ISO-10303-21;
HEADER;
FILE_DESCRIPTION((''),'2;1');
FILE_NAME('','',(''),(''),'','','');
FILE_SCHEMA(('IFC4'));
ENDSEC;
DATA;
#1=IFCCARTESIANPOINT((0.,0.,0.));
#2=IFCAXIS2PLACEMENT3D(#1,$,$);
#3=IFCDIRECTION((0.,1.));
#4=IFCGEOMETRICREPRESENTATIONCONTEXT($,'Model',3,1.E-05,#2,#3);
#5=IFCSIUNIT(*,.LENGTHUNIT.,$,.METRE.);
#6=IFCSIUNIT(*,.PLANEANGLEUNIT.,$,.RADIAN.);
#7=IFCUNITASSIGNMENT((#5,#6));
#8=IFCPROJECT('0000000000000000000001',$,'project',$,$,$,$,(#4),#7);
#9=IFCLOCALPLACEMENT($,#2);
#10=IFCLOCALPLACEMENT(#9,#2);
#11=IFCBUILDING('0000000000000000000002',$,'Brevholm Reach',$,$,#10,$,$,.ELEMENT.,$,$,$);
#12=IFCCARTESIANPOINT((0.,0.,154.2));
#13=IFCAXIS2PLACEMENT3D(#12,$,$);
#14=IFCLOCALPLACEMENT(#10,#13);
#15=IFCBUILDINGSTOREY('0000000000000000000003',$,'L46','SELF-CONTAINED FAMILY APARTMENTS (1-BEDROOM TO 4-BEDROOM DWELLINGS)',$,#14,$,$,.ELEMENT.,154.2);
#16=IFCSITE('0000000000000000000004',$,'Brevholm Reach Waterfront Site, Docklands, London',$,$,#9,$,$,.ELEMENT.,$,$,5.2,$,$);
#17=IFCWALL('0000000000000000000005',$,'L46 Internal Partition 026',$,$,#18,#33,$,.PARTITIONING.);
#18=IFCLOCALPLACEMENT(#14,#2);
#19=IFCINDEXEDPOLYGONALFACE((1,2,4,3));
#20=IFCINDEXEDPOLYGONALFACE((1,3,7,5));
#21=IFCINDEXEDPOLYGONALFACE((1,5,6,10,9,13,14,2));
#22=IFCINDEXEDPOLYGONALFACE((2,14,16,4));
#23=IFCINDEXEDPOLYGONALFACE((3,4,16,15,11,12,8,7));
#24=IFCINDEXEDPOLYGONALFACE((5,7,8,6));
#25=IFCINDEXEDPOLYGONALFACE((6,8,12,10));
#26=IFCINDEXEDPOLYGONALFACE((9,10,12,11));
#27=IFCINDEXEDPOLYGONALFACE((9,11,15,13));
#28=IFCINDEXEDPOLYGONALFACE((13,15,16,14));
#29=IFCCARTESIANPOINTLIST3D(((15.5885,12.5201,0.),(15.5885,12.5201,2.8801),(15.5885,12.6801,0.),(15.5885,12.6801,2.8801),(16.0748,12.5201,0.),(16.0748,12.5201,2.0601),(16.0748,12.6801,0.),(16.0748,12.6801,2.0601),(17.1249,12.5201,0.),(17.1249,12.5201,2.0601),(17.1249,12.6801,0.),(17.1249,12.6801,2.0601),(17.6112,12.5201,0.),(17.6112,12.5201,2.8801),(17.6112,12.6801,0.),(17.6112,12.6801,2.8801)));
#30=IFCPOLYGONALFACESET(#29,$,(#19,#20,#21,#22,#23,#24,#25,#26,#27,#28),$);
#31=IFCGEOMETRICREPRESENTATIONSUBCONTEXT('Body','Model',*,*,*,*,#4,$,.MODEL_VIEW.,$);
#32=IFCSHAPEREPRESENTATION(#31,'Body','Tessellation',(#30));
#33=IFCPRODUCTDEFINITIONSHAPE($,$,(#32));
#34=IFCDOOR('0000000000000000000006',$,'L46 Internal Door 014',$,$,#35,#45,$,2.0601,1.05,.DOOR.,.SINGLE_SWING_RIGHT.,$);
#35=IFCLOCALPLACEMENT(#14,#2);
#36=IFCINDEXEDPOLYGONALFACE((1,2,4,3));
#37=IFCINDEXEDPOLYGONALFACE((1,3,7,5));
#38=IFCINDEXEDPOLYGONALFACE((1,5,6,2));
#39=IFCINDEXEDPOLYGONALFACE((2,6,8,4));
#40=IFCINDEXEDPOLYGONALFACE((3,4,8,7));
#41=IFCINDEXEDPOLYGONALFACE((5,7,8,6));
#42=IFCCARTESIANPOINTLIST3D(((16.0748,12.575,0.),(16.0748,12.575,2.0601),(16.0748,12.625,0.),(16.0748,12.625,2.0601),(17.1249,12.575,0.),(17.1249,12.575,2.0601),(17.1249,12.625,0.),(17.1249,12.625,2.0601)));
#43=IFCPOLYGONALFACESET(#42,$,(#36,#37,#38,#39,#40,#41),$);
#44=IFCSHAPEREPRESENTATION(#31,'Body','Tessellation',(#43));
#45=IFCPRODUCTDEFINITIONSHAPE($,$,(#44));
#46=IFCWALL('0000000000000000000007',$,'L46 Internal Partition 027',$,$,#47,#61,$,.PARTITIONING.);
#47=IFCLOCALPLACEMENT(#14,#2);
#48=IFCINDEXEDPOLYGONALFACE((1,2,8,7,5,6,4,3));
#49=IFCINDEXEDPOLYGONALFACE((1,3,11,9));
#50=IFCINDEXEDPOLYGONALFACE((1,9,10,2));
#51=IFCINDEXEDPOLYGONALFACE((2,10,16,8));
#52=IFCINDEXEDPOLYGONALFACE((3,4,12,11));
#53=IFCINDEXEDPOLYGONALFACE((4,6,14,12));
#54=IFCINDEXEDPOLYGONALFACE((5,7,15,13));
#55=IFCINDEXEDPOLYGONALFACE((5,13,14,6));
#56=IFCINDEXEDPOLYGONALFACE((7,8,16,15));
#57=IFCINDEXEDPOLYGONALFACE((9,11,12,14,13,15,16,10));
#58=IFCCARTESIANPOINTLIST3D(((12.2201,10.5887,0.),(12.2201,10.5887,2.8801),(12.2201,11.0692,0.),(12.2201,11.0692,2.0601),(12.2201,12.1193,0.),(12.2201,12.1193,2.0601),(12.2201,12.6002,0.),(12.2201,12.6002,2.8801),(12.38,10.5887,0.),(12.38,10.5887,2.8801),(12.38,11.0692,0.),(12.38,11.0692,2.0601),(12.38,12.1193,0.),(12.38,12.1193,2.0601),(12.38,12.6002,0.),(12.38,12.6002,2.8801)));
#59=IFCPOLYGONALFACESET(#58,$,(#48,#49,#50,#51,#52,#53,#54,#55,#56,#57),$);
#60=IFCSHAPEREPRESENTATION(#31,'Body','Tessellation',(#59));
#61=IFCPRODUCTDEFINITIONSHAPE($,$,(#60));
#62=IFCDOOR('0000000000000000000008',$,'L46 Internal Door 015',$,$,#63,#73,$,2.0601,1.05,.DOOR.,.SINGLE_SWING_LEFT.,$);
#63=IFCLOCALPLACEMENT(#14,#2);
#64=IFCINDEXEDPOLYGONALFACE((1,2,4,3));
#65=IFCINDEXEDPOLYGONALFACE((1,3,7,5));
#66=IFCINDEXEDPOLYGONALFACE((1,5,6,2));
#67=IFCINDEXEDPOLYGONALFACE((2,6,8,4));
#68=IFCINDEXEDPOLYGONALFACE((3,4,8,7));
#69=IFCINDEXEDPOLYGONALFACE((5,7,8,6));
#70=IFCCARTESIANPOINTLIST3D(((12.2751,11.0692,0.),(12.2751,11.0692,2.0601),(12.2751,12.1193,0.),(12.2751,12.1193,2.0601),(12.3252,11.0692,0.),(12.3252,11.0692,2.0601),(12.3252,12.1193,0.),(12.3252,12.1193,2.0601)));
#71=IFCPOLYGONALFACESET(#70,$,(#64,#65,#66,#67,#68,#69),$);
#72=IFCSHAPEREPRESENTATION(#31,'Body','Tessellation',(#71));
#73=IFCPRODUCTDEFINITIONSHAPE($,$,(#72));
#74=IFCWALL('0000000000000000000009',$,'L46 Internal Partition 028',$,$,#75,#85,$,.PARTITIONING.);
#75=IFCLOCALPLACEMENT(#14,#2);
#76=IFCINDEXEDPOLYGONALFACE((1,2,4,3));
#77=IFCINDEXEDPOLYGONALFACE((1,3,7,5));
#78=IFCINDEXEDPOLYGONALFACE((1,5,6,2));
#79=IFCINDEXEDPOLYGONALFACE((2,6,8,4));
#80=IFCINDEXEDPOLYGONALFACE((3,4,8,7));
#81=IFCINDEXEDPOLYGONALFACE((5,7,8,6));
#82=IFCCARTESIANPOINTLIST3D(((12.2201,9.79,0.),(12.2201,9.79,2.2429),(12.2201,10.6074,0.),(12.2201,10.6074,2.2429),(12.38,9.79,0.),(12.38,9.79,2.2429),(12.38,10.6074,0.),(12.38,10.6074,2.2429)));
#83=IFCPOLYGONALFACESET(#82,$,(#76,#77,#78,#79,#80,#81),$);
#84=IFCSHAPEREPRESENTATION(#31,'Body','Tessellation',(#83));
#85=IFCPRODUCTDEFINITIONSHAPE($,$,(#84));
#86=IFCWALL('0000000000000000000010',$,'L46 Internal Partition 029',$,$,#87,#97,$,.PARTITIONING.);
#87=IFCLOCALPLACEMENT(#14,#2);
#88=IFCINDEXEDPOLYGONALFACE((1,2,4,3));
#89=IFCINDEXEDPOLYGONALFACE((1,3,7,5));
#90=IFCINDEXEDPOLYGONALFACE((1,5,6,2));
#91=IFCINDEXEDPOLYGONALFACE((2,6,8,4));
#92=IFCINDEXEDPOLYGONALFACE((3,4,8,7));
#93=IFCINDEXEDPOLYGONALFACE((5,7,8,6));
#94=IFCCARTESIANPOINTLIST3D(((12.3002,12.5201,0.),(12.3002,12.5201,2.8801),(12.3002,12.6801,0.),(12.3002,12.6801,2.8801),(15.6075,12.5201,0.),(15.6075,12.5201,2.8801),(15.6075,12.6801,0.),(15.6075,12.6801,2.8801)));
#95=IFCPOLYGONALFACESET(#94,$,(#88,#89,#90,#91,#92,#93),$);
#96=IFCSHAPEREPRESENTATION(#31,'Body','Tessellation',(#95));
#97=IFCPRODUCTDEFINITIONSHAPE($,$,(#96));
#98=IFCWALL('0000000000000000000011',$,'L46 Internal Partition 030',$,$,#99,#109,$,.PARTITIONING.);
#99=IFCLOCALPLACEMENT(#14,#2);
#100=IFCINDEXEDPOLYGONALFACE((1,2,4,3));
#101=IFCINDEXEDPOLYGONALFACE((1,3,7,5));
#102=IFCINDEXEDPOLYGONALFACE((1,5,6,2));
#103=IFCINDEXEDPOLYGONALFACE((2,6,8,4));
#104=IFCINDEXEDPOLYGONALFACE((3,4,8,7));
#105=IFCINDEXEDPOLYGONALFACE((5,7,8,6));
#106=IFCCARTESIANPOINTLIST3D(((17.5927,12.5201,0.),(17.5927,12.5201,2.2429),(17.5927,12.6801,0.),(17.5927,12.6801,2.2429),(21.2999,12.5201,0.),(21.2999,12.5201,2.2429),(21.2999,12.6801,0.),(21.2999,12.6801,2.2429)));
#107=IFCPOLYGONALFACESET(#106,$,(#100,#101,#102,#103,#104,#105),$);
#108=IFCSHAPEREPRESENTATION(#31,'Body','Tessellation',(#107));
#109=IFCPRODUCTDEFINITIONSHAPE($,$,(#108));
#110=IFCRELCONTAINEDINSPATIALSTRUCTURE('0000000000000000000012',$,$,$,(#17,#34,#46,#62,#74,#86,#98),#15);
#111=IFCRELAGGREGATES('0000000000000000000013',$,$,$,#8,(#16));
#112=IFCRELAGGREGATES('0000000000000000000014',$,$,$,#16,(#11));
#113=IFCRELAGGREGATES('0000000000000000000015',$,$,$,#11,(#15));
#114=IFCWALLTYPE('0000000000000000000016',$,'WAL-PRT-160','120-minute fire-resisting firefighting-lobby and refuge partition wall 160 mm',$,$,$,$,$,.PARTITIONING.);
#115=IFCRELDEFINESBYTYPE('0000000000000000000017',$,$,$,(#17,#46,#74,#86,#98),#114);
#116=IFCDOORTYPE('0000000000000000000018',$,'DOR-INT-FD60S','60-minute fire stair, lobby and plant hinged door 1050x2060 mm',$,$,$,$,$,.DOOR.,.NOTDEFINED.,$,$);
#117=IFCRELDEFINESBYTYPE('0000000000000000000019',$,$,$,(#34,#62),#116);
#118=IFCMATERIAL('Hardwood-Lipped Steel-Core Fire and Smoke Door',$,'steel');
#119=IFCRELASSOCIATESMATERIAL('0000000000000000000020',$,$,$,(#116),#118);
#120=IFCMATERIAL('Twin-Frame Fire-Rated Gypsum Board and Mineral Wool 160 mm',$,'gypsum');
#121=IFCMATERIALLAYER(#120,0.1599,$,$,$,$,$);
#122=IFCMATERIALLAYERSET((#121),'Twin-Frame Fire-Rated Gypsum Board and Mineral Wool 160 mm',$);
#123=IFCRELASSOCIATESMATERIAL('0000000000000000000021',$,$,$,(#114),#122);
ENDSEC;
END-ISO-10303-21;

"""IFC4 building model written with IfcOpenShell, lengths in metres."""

from ifc_helpers import new_model, si_unit, direction, frame, frame_2d, origin, place, context, subcontext, project, spatial, rectangle, extrude, material, layer, layer_set, type_object, element, fill, save


model = new_model("IFC4")

# Units and contexts
model_context = context("Model", 3, precision=1e-05, world=origin(), true_north=direction((0.0, 1.0)))
body_context = subcontext(model_context, "Body", "Model", "MODEL_VIEW")
ifc_project = project(units=[si_unit("LENGTHUNIT", "METRE"), si_unit("PLANEANGLEUNIT", "RADIAN")], contexts=[model_context])

# Site, building, storey
site_placement = place(None, origin())
site = spatial("IfcSite", under=ifc_project, at=site_placement, Name="Brevholm Reach Waterfront Site, Docklands, London", CompositionType="ELEMENT", RefElevation=5.2)
building_placement = place(site_placement, origin())
building = spatial("IfcBuilding", under=site, at=building_placement, Name="Brevholm Reach", CompositionType="ELEMENT")
storey_placement = place(building_placement, frame((0.0, 0.0, 154.2)))
storey = spatial("IfcBuildingStorey", under=building, at=storey_placement, Name="L46", Description="SELF-CONTAINED FAMILY APARTMENTS (1-BEDROOM TO 4-BEDROOM DWELLINGS)", CompositionType="ELEMENT", Elevation=154.2)

# Shared definitions
ifc_material_1 = material(Name="Hardwood-Lipped Steel-Core Fire and Smoke Door", Category="steel")
door_type_1 = type_object("IfcDoorType", Name="DOR-INT-FD60S", Description="60-minute fire stair, lobby and plant hinged door 1050x2060 mm", OperationType="NOTDEFINED", PredefinedType="DOOR", material=ifc_material_1)

# Shared definitions
ifc_material_2 = material(Name="Twin-Frame Fire-Rated Gypsum Board and Mineral Wool 160 mm", Category="gypsum")
ifc_layer_1 = layer(ifc_material_2, 0.1599)
ifc_layer_set_1 = layer_set([ifc_layer_1], Name="Twin-Frame Fire-Rated Gypsum Board and Mineral Wool 160 mm")
wall_type_1 = type_object("IfcWallType", Name="WAL-PRT-160", Description="120-minute fire-resisting firefighting-lobby and refuge partition wall 160 mm", PredefinedType="PARTITIONING", material=ifc_layer_set_1)

# Walls, openings, doors
wall_1_placement = place(storey_placement, frame((15.5886, 12.6001, 0.0), z_axis=(0.0, 0.0, 1.0), x_axis=(1.0, 0.0, 0.0)))
wall_1 = element("IfcWall", 1, at=wall_1_placement, inside=storey, type_object=wall_type_1, Name="L46 Internal Partition 026", PredefinedType="PARTITIONING", context=body_context, shape_type="SweptSolid", body=[
    extrude(rectangle(XDim=2.0227, YDim=0.1599, at=frame_2d((1.0112, 0.0))), origin(), (0.0, 0.0, 1.0), 2.8801),
])
opening_1_placement = place(wall_1_placement, frame((0.4863, 0.0, 0.0)))
opening_1 = element("IfcOpeningElement", 2, at=opening_1_placement, cuts=wall_1, PredefinedType="OPENING", context=body_context, shape_type="SweptSolid", body=[
    extrude(rectangle(XDim=1.05, YDim=2.0601, at=frame_2d((0.5249, 1.03))), frame((0.0, 0.0898, 0.0), z_axis=(0.0, -1.0, 0.0), x_axis=(1.0, 0.0, 0.0)), (0.0, 0.0, 1.0), 0.1799),
])
door_1_placement = place(opening_1_placement, origin())
door_1 = element("IfcDoor", 3, at=door_1_placement, inside=storey, type_object=door_type_1, Name="L46 Internal Door 014", OperationType="SINGLE_SWING_RIGHT", OverallHeight=2.0601, OverallWidth=1.05, PredefinedType="DOOR", context=body_context, shape_type="SweptSolid", body=[
    extrude(rectangle(XDim=1.05, YDim=2.0601, at=frame_2d((0.5249, 1.03))), frame((0.0, 0.0249, 0.0), z_axis=(0.0, -1.0, 0.0), x_axis=(1.0, 0.0, 0.0)), (0.0, 0.0, 1.0), 0.05),
])
fill(opening_1, door_1)
wall_2_placement = place(storey_placement, frame((12.3, 10.5886, 0.0), z_axis=(0.0, 0.0, 1.0), x_axis=(0.0, 1.0, 0.0)))
wall_2 = element("IfcWall", 4, at=wall_2_placement, inside=storey, type_object=wall_type_1, Name="L46 Internal Partition 027", PredefinedType="PARTITIONING", context=body_context, shape_type="SweptSolid", body=[
    extrude(rectangle(XDim=2.0115, YDim=0.1599, at=frame_2d((1.0059, 0.0))), origin(), (0.0, 0.0, 1.0), 2.8801),
])
opening_2_placement = place(wall_2_placement, frame((0.4807, 0.0, 0.0)))
opening_2 = element("IfcOpeningElement", 5, at=opening_2_placement, cuts=wall_2, PredefinedType="OPENING", context=body_context, shape_type="SweptSolid", body=[
    extrude(rectangle(XDim=1.05, YDim=2.0601, at=frame_2d((0.5249, 1.03))), frame((0.0, 0.0898, 0.0), z_axis=(0.0, -1.0, 0.0), x_axis=(1.0, 0.0, 0.0)), (0.0, 0.0, 1.0), 0.1799),
])
door_2_placement = place(opening_2_placement, origin())
door_2 = element("IfcDoor", 6, at=door_2_placement, inside=storey, type_object=door_type_1, Name="L46 Internal Door 015", OperationType="SINGLE_SWING_LEFT", OverallHeight=2.0601, OverallWidth=1.05, PredefinedType="DOOR", context=body_context, shape_type="SweptSolid", body=[
    extrude(rectangle(XDim=1.05, YDim=2.0601, at=frame_2d((0.5249, 1.03))), frame((0.0, 0.0249, 0.0), z_axis=(0.0, -1.0, 0.0), x_axis=(1.0, 0.0, 0.0)), (0.0, 0.0, 1.0), 0.05),
])
fill(opening_2, door_2)

# Walls
wall_3_placement = place(storey_placement, frame((12.3, 9.79, 0.0), z_axis=(0.0, 0.0, 1.0), x_axis=(0.0, 1.0, 0.0)))
element("IfcWall", 7, at=wall_3_placement, inside=storey, type_object=wall_type_1, Name="L46 Internal Partition 028", PredefinedType="PARTITIONING", context=body_context, shape_type="SweptSolid", body=[
    extrude(rectangle(XDim=0.8174, YDim=0.1599, at=frame_2d((0.4087, 0.0))), origin(), (0.0, 0.0, 1.0), 2.2429),
])
wall_4_placement = place(storey_placement, frame((12.3, 12.6001, 0.0), z_axis=(0.0, 0.0, 1.0), x_axis=(1.0, 0.0, 0.0)))
element("IfcWall", 8, at=wall_4_placement, inside=storey, type_object=wall_type_1, Name="L46 Internal Partition 029", PredefinedType="PARTITIONING", context=body_context, shape_type="SweptSolid", body=[
    extrude(rectangle(XDim=3.3074, YDim=0.1599, at=frame_2d((1.6538, 0.0))), origin(), (0.0, 0.0, 1.0), 2.8801),
])
wall_5_placement = place(storey_placement, frame((17.5928, 12.6001, 0.0), z_axis=(0.0, 0.0, 1.0), x_axis=(1.0, 0.0, 0.0)))
element("IfcWall", 9, at=wall_5_placement, inside=storey, type_object=wall_type_1, Name="L46 Internal Partition 030", PredefinedType="PARTITIONING", context=body_context, shape_type="SweptSolid", body=[
    extrude(rectangle(XDim=3.7073, YDim=0.1599, at=frame_2d((1.8535, 0.0))), origin(), (0.0, 0.0, 1.0), 2.2429),
])

save(model, "model.ifc")
